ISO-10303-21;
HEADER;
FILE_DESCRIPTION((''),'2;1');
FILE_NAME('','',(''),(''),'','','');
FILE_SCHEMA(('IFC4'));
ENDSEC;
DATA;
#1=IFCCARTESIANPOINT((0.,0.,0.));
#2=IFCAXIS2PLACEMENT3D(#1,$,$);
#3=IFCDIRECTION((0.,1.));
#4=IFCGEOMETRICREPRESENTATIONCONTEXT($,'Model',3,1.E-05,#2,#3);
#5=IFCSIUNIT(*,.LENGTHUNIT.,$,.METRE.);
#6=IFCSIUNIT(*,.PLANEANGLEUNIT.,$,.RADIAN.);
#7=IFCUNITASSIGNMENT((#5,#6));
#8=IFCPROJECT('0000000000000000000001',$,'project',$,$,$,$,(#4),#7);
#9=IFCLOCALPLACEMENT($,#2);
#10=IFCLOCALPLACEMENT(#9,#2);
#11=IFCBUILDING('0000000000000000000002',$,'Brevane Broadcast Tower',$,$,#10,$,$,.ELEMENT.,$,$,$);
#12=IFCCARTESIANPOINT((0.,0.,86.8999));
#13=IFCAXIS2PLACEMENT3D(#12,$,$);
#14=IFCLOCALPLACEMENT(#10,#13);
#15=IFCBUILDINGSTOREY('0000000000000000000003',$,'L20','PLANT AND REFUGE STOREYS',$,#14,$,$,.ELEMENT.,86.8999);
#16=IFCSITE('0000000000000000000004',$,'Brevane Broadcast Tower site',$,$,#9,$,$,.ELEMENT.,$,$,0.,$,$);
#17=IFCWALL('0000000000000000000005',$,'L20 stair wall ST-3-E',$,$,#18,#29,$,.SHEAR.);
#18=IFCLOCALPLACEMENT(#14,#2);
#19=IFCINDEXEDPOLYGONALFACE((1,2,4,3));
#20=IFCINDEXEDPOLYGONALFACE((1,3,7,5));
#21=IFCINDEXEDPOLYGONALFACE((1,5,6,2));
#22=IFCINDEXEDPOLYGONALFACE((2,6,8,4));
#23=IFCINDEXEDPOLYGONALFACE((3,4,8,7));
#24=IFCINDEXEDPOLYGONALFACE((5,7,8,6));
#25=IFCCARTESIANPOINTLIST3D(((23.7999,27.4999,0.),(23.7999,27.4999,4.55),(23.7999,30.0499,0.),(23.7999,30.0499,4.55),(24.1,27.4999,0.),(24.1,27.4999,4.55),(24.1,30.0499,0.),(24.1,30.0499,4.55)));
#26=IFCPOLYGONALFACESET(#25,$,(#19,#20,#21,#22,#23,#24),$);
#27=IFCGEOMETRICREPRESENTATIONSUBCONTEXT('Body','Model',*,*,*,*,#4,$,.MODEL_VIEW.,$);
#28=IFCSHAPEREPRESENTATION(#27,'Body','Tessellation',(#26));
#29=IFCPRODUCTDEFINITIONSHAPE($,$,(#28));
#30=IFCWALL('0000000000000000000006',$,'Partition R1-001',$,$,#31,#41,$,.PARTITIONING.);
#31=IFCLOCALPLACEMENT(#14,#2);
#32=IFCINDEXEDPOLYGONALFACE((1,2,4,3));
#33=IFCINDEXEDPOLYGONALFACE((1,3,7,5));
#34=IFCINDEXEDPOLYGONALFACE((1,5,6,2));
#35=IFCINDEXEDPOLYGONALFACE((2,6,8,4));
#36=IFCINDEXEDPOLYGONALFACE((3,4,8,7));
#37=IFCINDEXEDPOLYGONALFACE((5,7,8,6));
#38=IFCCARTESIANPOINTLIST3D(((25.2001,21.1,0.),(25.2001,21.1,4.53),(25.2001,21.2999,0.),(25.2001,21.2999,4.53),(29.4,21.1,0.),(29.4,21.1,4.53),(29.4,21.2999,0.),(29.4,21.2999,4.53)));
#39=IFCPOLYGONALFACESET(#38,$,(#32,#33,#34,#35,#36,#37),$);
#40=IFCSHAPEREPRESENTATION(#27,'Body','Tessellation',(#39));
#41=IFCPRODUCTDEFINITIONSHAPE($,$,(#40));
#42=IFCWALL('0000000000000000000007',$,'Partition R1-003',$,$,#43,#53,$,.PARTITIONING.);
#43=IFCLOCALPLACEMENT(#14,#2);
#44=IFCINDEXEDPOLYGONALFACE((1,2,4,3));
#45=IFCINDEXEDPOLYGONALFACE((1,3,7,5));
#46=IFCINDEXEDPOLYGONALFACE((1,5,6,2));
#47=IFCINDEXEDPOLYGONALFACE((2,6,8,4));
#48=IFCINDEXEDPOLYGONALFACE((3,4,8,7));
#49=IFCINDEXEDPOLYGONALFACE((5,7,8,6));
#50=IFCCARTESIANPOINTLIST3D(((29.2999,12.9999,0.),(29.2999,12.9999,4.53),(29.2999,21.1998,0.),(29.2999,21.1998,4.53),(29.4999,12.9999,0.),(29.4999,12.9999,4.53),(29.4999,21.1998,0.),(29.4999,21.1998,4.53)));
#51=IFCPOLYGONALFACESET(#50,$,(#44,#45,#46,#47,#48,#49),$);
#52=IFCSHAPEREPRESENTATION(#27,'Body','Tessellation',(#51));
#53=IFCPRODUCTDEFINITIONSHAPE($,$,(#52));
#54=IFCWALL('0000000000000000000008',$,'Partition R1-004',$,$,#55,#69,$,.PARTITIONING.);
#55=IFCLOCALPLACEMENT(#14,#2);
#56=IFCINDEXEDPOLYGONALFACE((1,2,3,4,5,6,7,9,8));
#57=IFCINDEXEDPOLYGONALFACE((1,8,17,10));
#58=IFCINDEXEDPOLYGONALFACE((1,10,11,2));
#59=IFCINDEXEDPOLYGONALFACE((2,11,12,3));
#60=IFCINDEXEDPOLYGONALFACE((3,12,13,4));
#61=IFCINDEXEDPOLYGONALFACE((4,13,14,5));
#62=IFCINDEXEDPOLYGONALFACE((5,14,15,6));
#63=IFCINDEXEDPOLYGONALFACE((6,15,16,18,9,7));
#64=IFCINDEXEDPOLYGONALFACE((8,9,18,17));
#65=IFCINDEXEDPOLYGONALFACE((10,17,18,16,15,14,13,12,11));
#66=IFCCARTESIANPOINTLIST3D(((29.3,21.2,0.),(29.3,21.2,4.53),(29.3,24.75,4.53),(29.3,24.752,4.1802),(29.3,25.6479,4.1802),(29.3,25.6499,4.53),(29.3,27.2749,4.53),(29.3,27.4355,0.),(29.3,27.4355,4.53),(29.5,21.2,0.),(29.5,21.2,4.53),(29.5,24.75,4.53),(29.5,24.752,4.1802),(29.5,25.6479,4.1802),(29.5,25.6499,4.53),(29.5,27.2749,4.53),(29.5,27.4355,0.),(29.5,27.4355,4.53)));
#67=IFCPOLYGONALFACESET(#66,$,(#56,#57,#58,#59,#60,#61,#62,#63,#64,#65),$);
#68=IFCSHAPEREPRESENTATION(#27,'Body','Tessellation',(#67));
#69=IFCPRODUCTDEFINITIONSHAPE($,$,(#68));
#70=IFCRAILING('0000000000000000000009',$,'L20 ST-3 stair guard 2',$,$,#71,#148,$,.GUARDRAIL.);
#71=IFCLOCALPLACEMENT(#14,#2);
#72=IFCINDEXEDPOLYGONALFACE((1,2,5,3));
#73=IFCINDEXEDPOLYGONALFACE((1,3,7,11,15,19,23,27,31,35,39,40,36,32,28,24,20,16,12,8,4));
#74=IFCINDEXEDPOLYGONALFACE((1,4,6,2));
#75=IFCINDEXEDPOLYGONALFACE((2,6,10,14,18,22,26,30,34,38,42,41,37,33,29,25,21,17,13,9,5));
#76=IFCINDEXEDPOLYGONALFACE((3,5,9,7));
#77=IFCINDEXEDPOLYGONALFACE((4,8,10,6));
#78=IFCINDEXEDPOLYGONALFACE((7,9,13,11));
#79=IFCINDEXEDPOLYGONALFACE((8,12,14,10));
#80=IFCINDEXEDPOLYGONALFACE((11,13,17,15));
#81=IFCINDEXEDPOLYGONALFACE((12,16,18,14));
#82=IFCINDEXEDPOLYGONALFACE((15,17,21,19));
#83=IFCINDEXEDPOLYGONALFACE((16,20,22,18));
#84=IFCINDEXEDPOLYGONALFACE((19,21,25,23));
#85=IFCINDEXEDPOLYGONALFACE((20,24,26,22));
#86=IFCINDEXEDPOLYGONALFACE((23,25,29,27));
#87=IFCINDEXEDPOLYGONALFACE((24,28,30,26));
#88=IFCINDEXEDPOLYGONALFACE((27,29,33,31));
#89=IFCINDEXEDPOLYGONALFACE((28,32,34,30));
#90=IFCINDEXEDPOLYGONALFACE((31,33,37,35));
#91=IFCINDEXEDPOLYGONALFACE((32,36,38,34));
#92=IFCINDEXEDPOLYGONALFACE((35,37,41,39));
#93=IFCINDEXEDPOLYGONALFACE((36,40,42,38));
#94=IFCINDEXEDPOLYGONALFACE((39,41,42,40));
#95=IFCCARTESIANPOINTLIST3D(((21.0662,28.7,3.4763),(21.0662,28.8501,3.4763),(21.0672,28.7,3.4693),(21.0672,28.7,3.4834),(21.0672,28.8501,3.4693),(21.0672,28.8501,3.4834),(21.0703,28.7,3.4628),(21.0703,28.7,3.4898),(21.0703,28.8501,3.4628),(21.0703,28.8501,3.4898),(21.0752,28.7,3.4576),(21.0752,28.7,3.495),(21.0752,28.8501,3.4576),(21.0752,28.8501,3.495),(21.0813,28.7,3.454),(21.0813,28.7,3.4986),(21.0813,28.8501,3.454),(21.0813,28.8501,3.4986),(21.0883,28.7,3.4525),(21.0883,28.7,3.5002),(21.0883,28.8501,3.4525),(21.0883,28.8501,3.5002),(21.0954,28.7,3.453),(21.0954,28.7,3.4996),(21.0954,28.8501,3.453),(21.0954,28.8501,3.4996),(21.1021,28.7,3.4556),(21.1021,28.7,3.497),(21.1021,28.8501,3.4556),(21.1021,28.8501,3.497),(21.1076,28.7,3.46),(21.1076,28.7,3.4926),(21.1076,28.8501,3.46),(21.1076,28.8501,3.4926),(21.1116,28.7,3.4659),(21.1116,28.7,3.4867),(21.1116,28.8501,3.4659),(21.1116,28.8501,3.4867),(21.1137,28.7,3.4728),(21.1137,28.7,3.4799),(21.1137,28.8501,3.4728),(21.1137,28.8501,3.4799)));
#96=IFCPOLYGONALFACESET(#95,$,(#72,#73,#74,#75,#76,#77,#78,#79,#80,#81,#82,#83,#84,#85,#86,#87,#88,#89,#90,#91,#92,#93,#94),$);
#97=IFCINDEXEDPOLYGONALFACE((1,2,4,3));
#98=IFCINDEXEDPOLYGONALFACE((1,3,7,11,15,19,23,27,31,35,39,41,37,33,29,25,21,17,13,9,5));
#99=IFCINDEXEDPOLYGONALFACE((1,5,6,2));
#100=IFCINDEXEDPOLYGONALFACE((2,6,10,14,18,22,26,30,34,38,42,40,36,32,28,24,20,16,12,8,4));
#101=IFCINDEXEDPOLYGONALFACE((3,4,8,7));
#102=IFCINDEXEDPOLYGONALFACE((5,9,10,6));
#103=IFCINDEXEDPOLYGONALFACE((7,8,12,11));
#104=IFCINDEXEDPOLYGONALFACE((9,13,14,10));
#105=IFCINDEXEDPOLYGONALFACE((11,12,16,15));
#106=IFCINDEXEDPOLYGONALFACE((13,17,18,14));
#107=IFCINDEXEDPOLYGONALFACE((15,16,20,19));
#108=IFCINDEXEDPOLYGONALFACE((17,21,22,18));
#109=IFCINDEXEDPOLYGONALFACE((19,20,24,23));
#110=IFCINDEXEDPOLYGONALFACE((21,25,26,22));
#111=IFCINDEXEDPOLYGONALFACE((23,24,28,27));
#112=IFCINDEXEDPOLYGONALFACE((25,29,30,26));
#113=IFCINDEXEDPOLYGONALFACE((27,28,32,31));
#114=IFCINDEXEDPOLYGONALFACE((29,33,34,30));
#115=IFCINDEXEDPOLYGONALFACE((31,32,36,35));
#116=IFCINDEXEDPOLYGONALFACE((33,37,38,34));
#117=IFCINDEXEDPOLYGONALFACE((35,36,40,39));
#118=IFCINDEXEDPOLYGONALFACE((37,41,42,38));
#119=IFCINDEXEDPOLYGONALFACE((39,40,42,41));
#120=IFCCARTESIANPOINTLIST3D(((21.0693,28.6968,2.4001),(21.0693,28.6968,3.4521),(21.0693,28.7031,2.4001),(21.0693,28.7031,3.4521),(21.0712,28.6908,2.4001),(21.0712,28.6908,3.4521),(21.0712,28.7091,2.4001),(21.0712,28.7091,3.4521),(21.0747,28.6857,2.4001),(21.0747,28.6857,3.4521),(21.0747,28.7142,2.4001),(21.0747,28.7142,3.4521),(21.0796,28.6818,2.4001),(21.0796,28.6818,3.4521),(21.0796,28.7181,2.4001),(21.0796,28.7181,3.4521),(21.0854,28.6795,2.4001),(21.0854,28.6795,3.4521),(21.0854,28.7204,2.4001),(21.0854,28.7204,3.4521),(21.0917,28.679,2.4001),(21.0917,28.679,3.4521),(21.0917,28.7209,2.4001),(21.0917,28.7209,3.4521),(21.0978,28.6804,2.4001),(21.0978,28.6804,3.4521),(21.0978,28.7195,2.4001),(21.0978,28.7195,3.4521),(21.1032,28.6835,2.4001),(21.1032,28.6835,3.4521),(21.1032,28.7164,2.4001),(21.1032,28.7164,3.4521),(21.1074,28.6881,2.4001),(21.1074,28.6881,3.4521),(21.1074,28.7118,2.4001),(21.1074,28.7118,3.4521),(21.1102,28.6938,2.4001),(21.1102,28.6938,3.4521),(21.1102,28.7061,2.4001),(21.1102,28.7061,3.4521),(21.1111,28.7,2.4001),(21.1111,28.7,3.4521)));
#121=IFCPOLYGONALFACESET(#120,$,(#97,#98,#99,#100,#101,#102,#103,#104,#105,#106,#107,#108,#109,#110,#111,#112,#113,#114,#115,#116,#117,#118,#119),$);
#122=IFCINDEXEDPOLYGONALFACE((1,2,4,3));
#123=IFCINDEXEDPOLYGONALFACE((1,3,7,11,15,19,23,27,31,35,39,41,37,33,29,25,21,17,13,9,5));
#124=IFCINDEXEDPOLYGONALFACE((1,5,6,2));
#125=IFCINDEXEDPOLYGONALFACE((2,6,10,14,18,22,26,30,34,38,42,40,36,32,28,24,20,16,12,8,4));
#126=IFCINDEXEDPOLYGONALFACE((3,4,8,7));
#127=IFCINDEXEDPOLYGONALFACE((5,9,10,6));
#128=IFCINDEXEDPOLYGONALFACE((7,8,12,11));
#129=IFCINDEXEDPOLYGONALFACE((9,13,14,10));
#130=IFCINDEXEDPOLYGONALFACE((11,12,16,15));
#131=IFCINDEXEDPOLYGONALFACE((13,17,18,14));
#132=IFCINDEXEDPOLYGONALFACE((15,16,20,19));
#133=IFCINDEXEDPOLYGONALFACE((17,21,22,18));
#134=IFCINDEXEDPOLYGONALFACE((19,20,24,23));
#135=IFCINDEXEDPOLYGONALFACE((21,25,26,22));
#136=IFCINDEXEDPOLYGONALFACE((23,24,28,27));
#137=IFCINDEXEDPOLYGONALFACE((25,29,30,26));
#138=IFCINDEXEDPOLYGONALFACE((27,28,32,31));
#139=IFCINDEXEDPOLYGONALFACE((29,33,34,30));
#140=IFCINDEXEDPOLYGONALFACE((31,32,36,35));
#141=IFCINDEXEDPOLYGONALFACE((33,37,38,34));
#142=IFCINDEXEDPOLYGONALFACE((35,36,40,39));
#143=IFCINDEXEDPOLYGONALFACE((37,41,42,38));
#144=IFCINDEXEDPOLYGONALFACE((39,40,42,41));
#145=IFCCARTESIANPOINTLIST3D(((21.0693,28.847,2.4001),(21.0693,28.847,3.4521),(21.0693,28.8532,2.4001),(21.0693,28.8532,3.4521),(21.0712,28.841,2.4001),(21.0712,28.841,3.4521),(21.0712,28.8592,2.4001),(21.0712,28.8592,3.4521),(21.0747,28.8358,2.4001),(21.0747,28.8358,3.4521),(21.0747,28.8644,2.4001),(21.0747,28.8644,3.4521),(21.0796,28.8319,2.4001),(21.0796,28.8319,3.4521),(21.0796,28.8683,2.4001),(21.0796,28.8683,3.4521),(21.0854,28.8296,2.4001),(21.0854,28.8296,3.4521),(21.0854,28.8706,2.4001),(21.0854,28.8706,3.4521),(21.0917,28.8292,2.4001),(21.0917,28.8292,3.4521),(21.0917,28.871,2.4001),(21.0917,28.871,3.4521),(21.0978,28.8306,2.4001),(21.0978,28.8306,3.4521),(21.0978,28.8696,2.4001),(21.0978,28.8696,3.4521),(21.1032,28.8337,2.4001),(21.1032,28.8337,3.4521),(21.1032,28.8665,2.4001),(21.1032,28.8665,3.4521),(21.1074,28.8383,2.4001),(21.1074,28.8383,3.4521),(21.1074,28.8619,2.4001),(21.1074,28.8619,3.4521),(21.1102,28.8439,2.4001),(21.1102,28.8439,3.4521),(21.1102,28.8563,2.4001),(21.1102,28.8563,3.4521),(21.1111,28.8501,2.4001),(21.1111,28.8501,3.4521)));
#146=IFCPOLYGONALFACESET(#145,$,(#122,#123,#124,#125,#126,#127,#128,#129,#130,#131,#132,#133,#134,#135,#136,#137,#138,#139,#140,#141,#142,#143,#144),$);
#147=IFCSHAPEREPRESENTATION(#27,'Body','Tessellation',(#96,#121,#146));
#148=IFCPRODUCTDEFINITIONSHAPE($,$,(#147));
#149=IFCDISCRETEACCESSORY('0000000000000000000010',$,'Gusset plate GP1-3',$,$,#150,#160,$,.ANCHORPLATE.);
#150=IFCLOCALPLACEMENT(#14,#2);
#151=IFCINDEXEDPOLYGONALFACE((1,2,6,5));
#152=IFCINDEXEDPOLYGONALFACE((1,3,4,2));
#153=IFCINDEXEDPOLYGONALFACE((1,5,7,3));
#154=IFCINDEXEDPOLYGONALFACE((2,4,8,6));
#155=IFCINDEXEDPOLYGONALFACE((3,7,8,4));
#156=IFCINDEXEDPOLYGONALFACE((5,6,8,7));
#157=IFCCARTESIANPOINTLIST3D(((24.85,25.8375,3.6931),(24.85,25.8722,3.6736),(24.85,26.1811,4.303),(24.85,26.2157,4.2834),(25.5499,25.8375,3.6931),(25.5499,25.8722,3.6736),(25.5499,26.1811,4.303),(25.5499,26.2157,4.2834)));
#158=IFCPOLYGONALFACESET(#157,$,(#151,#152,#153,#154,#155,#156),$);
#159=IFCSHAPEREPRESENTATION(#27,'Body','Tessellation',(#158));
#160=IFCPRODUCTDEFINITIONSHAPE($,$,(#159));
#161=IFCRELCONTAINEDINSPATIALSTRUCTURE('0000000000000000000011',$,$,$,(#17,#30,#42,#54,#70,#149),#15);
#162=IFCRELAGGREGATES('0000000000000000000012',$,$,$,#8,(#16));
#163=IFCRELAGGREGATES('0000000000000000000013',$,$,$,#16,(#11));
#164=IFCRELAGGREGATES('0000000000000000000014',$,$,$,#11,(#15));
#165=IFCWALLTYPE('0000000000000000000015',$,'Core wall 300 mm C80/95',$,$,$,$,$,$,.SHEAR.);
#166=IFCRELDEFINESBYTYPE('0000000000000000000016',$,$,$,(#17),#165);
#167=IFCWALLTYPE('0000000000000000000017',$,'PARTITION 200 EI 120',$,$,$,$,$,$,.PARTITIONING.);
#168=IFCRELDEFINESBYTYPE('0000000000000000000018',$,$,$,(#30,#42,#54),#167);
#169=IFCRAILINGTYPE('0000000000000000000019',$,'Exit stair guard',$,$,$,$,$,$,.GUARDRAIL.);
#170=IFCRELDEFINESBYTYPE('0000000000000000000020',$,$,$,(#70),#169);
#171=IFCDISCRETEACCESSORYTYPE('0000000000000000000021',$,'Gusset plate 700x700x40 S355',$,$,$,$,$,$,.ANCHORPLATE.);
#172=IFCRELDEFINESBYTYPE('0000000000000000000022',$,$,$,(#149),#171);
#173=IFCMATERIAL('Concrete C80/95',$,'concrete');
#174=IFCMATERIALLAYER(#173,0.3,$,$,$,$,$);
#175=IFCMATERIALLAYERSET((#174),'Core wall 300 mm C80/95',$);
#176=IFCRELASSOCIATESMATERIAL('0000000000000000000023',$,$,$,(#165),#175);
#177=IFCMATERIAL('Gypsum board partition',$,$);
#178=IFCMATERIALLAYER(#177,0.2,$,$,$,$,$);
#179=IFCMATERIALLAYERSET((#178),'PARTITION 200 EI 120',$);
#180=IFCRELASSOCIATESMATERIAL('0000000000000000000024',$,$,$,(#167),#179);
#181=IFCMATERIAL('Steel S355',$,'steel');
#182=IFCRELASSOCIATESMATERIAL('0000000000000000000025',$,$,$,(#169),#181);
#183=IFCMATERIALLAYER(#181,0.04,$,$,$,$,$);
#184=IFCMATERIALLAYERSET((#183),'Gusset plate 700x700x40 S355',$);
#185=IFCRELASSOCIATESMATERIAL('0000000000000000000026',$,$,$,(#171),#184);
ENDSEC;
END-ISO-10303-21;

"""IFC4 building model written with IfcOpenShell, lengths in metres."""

from ifc_helpers import new_model, si_unit, direction, frame, frame_2d, origin, origin_2d, place, context, subcontext, project, spatial, polyline, rectangle, circle, outline, extrude, material, layer, layer_set, type_object, element, save


model = new_model("IFC4")

# Units and contexts
model_context = context("Model", 3, precision=1e-05, world=origin(), true_north=direction((0.0, 1.0)))
body_context = subcontext(model_context, "Body", "Model", "MODEL_VIEW")
ifc_project = project(units=[si_unit("LENGTHUNIT", "METRE"), si_unit("PLANEANGLEUNIT", "RADIAN")], contexts=[model_context])

# Site, building, storey
site_placement = place(None, origin())
site = spatial("IfcSite", under=ifc_project, at=site_placement, Name="Brevane Broadcast Tower site", CompositionType="ELEMENT", RefElevation=0.0)
building_placement = place(site_placement, origin())
building = spatial("IfcBuilding", under=site, at=building_placement, Name="Brevane Broadcast Tower", CompositionType="ELEMENT")
storey_placement = place(building_placement, frame((0.0, 0.0, 86.8999)))
storey = spatial("IfcBuildingStorey", under=building, at=storey_placement, Name="L20", Description="PLANT AND REFUGE STOREYS", CompositionType="ELEMENT", Elevation=86.8999)

# Shared definitions
ifc_material_1 = material(Name="Concrete C80/95", Category="concrete")

# Shared definitions
ifc_material_2 = material(Name="Steel S355", Category="steel")

# Walls
ifc_layer_1 = layer(ifc_material_1, 0.3)
ifc_layer_set_1 = layer_set([ifc_layer_1], Name="Core wall 300 mm C80/95")
wall_type_1 = type_object("IfcWallType", Name="Core wall 300 mm C80/95", PredefinedType="SHEAR", material=ifc_layer_set_1)
wall_1_placement = place(storey_placement, frame((23.95, 27.5, 0.0), z_axis=(0.0, 0.0, 1.0), x_axis=(0.0, 1.0, 0.0)))
element("IfcWall", 1, at=wall_1_placement, inside=storey, type_object=wall_type_1, Name="L20 stair wall ST-3-E", PredefinedType="SHEAR", context=body_context, shape_type="SweptSolid", body=[
    extrude(rectangle(XDim=2.55, YDim=0.3, at=frame_2d((1.2749, 0.0))), origin(), (0.0, 0.0, 1.0), 4.55),
])
ifc_material_3 = material(Name="Gypsum board partition")
ifc_layer_2 = layer(ifc_material_3, 0.2)
ifc_layer_set_2 = layer_set([ifc_layer_2], Name="PARTITION 200 EI 120")
wall_type_2 = type_object("IfcWallType", Name="PARTITION 200 EI 120", PredefinedType="PARTITIONING", material=ifc_layer_set_2)
wall_2_placement = place(storey_placement, frame((25.2, 21.2, 0.0), z_axis=(0.0, 0.0, 1.0), x_axis=(1.0, 0.0, 0.0)))
element("IfcWall", 2, at=wall_2_placement, inside=storey, type_object=wall_type_2, Name="Partition R1-001", PredefinedType="PARTITIONING", context=body_context, shape_type="SweptSolid", body=[
    extrude(rectangle(XDim=4.2, YDim=0.2, at=frame_2d((2.1001, 0.0))), origin(), (0.0, 0.0, 1.0), 4.53),
])
wall_3_placement = place(storey_placement, frame((29.3999, 21.2, 0.0), z_axis=(0.0, 0.0, 1.0), x_axis=(0.0, -1.0, 0.0)))
element("IfcWall", 3, at=wall_3_placement, inside=storey, type_object=wall_type_2, Name="Partition R1-003", PredefinedType="PARTITIONING", context=body_context, shape_type="SweptSolid", body=[
    extrude(rectangle(XDim=8.2, YDim=0.2, at=frame_2d((4.1001, 0.0))), origin(), (0.0, 0.0, 1.0), 4.53),
])
wall_4_placement = place(storey_placement, frame((29.3999, 27.4355, 0.0), z_axis=(0.0, 0.0, 1.0), x_axis=(0.0, -1.0, 0.0)))
element("IfcWall", 4, at=wall_4_placement, inside=storey, type_object=wall_type_2, Name="Partition R1-004", PredefinedType="PARTITIONING", context=body_context, shape_type="SweptSolid", body=[
    extrude(outline(polyline([(0.0, 0.0), (6.2356, 0.0), (6.2356, 4.53), (2.6855, 4.53), (2.6836, 4.1802), (1.7876, 4.1802), (1.7856, 4.53), (0.1606, 4.53), (0.0, 4.53), (0.0, 0.0)])), frame((0.0, 0.1001, 0.0), z_axis=(0.0, -1.0, 0.0), x_axis=(1.0, 0.0, 0.0)), (0.0, 0.0, 1.0), 0.2),
])

# Railing
railing_type = type_object("IfcRailingType", Name="Exit stair guard", PredefinedType="GUARDRAIL", material=ifc_material_2)
railing_placement = place(storey_placement, frame((21.0901, 28.7, 2.4001)))
element("IfcRailing", 5, at=railing_placement, inside=storey, type_object=railing_type, Name="L20 ST-3 stair guard 2", PredefinedType="GUARDRAIL", context=body_context, shape_type="SweptSolid", body=[
    extrude(circle(Radius=0.0239, at=origin_2d()), frame((0.0, 0.0, 1.0762), z_axis=(0.0, 1.0, 0.0), x_axis=(-1.0, 0.0, 0.0)), (0.0, 0.0, 1.0), 0.1501),
    extrude(circle(Radius=0.021, at=origin_2d()), origin(), (0.0, 0.0, 1.0), 1.052),
    extrude(circle(Radius=0.021, at=origin_2d()), frame((0.0, 0.1501, 0.0)), (0.0, 0.0, 1.0), 1.052),
])

# Discrete accessory
ifc_layer_3 = layer(ifc_material_2, 0.04)
ifc_layer_set_3 = layer_set([ifc_layer_3], Name="Gusset plate 700x700x40 S355")
discrete_accessory_type = type_object("IfcDiscreteAccessoryType", Name="Gusset plate 700x700x40 S355", PredefinedType="ANCHORPLATE", material=ifc_layer_set_3)
discrete_accessory_placement = place(storey_placement, frame((25.2, 26.0439, 3.9785), z_axis=(0.0, -0.871248, 0.490844), x_axis=(1.0, 0.0, 0.0)))
element("IfcDiscreteAccessory", 6, at=discrete_accessory_placement, inside=storey, type_object=discrete_accessory_type, Name="Gusset plate GP1-3", PredefinedType="ANCHORPLATE", context=body_context, shape_type="SweptSolid", body=[
    extrude(rectangle(XDim=0.7, YDim=0.7, at=origin_2d()), origin(), (0.0, 0.0, 1.0), 0.0398),
])

save(model, "model.ifc")
